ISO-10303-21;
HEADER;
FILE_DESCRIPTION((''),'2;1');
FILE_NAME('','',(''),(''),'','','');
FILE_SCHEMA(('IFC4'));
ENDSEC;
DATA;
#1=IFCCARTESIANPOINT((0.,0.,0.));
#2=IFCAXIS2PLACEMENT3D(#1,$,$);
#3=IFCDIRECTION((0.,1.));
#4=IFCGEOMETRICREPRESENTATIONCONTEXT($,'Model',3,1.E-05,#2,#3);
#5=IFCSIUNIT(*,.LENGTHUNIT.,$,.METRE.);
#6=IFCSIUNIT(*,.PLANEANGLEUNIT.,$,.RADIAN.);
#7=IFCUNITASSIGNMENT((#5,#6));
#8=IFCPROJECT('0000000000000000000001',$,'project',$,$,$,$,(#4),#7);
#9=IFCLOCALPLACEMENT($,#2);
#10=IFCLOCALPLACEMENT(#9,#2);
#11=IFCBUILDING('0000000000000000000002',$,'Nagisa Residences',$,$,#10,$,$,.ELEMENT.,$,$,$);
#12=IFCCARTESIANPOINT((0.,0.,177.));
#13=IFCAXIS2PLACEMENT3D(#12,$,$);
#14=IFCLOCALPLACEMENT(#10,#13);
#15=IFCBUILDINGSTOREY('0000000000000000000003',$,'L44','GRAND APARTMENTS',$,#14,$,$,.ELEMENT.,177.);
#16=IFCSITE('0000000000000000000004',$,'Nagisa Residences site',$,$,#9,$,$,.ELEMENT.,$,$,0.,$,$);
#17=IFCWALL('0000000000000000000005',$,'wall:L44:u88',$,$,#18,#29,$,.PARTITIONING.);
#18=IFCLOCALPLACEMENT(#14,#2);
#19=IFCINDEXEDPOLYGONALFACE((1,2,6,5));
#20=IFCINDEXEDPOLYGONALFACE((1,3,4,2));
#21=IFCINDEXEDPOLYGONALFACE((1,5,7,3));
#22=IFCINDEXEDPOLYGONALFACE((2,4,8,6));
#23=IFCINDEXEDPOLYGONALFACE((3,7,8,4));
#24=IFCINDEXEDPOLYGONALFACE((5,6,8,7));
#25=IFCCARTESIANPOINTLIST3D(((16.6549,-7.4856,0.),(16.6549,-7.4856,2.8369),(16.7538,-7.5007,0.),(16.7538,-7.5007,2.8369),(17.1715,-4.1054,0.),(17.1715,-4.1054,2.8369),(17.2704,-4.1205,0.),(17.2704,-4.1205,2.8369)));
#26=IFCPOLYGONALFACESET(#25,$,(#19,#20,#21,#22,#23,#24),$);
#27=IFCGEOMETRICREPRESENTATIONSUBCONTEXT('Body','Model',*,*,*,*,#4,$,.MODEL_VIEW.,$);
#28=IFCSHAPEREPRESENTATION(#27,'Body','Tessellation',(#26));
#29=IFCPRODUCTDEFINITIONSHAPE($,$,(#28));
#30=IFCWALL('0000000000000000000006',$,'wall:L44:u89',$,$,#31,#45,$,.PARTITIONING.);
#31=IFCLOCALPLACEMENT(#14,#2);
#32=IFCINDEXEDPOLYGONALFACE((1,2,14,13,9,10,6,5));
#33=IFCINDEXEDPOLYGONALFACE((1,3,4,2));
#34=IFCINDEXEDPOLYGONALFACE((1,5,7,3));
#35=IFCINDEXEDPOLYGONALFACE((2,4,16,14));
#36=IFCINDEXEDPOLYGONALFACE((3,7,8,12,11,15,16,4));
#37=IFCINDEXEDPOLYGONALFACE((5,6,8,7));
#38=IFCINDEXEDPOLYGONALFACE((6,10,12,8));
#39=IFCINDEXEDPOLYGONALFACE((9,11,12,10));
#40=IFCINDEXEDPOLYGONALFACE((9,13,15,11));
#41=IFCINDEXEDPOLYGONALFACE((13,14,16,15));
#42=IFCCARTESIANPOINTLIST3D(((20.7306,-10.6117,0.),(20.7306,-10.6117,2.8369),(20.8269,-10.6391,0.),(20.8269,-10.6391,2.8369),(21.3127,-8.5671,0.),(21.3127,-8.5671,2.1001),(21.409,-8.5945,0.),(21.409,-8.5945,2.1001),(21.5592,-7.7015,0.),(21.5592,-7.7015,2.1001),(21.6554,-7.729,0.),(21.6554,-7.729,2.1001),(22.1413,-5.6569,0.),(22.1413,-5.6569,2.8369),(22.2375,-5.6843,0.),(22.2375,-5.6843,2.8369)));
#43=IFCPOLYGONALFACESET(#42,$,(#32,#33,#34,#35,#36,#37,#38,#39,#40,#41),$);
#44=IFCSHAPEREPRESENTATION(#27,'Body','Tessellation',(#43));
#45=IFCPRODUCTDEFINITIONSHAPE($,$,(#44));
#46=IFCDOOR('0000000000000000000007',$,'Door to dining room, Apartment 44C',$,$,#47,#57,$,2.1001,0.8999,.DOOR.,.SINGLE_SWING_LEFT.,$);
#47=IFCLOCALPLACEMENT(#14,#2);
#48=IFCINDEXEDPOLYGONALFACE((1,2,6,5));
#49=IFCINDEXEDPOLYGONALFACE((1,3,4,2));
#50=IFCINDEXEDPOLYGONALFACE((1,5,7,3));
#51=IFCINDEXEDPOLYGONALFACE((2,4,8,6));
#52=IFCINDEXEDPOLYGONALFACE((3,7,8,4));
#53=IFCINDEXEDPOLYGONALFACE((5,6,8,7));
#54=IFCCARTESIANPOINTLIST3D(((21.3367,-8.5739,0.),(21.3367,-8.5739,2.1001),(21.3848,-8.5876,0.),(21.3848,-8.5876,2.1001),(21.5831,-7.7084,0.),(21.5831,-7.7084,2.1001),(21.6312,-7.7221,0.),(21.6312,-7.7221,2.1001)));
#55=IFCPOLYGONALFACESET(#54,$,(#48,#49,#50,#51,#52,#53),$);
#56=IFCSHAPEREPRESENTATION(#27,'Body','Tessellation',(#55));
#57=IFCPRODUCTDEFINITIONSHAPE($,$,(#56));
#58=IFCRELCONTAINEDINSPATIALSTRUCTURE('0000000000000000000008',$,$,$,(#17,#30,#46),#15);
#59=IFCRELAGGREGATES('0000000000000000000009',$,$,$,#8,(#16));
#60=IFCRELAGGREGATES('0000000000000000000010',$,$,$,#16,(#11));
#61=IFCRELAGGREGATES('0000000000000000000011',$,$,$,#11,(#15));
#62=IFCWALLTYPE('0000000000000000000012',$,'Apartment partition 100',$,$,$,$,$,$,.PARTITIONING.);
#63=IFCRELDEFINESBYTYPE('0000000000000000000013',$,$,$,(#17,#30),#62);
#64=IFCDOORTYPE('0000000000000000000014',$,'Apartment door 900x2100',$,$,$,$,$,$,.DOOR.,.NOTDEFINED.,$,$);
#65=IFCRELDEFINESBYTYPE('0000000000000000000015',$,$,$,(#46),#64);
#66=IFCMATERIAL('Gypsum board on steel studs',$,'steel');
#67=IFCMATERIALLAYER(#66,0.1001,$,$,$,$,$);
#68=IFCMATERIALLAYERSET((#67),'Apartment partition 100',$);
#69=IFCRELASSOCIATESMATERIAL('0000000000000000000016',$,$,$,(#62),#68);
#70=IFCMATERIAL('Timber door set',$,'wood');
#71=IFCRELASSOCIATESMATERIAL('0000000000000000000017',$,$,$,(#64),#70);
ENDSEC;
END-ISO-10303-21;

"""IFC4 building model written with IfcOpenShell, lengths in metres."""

from ifc_helpers import new_model, si_unit, direction, frame, frame_2d, origin, place, context, subcontext, project, spatial, rectangle, extrude, material, layer, layer_set, type_object, element, fill, save


model = new_model("IFC4")

# Units and contexts
model_context = context("Model", 3, precision=1e-05, world=origin(), true_north=direction((0.0, 1.0)))
body_context = subcontext(model_context, "Body", "Model", "MODEL_VIEW")
ifc_project = project(units=[si_unit("LENGTHUNIT", "METRE"), si_unit("PLANEANGLEUNIT", "RADIAN")], contexts=[model_context])

# Site, building, storey
site_placement = place(None, origin())
site = spatial("IfcSite", under=ifc_project, at=site_placement, Name="Nagisa Residences site", CompositionType="ELEMENT", RefElevation=0.0)
building_placement = place(site_placement, origin())
building = spatial("IfcBuilding", under=site, at=building_placement, Name="Nagisa Residences", CompositionType="ELEMENT")
storey_placement = place(building_placement, frame((0.0, 0.0, 177.0)))
storey = spatial("IfcBuildingStorey", under=building, at=storey_placement, Name="L44", Description="GRAND APARTMENTS", CompositionType="ELEMENT", Elevation=177.0)

# Shared definitions
ifc_material_1 = material(Name="Gypsum board on steel studs", Category="steel")
ifc_layer_1 = layer(ifc_material_1, 0.1001)
ifc_layer_set_1 = layer_set([ifc_layer_1], Name="Apartment partition 100")
wall_type_1 = type_object("IfcWallType", Name="Apartment partition 100", PredefinedType="PARTITIONING", material=ifc_layer_set_1)
ifc_material_2 = material(Name="Timber door set", Category="wood")
door_type_1 = type_object("IfcDoorType", Name="Apartment door 900x2100", OperationType="NOTDEFINED", PredefinedType="DOOR", material=ifc_material_2)

# Wall
wall_1_placement = place(storey_placement, frame((16.7043, -7.4932, 0.0), z_axis=(0.0, 0.0, 1.0), x_axis=(0.151081, 0.988521, 0.0)))
element("IfcWall", 1, at=wall_1_placement, inside=storey, type_object=wall_type_1, Name="wall:L44:u88", PredefinedType="PARTITIONING", context=body_context, shape_type="SweptSolid", body=[
    extrude(rectangle(XDim=3.4194, YDim=0.1001, at=frame_2d((1.7097, 0.0))), origin(), (0.0, 0.0, 1.0), 2.8369),
])

# Wall, opening, door
wall_2_placement = place(storey_placement, frame((20.7788, -10.6252, 0.0), z_axis=(0.0, 0.0, 1.0), x_axis=(0.27382, 0.961781, 0.0)))
wall_2 = element("IfcWall", 2, at=wall_2_placement, inside=storey, type_object=wall_type_1, Name="wall:L44:u89", PredefinedType="PARTITIONING", context=body_context, shape_type="SweptSolid", body=[
    extrude(rectangle(XDim=5.1516, YDim=0.1001, at=frame_2d((2.5757, 0.0))), origin(), (0.0, 0.0, 1.0), 2.8369),
])
opening_1_placement = place(wall_2_placement, frame((2.1257, 0.0, 0.0)))
opening_1 = element("IfcOpeningElement", 3, at=opening_1_placement, cuts=wall_2, PredefinedType="OPENING", context=body_context, shape_type="SweptSolid", body=[
    extrude(rectangle(XDim=0.8999, YDim=2.1001, at=frame_2d((0.45, 1.05))), frame((0.0, 0.0601, 0.0), z_axis=(0.0, -1.0, 0.0), x_axis=(1.0, 0.0, 0.0)), (0.0, 0.0, 1.0), 0.1201),
])
door_1_placement = place(opening_1_placement, frame((0.8999, 0.0, 0.0), x_axis=(-1.0, 0.0, 0.0)))
door_1 = element("IfcDoor", 4, at=door_1_placement, inside=storey, type_object=door_type_1, Name="Door to dining room, Apartment 44C", OperationType="SINGLE_SWING_LEFT", OverallHeight=2.1001, OverallWidth=0.8999, PredefinedType="DOOR", context=body_context, shape_type="SweptSolid", body=[
    extrude(rectangle(XDim=0.8999, YDim=2.1001, at=frame_2d((0.45, 1.05))), frame((0.0, 0.0249, 0.0), z_axis=(0.0, -1.0, 0.0), x_axis=(1.0, 0.0, 0.0)), (0.0, 0.0, 1.0), 0.05),
])
fill(opening_1, door_1)

save(model, "model.ifc")
